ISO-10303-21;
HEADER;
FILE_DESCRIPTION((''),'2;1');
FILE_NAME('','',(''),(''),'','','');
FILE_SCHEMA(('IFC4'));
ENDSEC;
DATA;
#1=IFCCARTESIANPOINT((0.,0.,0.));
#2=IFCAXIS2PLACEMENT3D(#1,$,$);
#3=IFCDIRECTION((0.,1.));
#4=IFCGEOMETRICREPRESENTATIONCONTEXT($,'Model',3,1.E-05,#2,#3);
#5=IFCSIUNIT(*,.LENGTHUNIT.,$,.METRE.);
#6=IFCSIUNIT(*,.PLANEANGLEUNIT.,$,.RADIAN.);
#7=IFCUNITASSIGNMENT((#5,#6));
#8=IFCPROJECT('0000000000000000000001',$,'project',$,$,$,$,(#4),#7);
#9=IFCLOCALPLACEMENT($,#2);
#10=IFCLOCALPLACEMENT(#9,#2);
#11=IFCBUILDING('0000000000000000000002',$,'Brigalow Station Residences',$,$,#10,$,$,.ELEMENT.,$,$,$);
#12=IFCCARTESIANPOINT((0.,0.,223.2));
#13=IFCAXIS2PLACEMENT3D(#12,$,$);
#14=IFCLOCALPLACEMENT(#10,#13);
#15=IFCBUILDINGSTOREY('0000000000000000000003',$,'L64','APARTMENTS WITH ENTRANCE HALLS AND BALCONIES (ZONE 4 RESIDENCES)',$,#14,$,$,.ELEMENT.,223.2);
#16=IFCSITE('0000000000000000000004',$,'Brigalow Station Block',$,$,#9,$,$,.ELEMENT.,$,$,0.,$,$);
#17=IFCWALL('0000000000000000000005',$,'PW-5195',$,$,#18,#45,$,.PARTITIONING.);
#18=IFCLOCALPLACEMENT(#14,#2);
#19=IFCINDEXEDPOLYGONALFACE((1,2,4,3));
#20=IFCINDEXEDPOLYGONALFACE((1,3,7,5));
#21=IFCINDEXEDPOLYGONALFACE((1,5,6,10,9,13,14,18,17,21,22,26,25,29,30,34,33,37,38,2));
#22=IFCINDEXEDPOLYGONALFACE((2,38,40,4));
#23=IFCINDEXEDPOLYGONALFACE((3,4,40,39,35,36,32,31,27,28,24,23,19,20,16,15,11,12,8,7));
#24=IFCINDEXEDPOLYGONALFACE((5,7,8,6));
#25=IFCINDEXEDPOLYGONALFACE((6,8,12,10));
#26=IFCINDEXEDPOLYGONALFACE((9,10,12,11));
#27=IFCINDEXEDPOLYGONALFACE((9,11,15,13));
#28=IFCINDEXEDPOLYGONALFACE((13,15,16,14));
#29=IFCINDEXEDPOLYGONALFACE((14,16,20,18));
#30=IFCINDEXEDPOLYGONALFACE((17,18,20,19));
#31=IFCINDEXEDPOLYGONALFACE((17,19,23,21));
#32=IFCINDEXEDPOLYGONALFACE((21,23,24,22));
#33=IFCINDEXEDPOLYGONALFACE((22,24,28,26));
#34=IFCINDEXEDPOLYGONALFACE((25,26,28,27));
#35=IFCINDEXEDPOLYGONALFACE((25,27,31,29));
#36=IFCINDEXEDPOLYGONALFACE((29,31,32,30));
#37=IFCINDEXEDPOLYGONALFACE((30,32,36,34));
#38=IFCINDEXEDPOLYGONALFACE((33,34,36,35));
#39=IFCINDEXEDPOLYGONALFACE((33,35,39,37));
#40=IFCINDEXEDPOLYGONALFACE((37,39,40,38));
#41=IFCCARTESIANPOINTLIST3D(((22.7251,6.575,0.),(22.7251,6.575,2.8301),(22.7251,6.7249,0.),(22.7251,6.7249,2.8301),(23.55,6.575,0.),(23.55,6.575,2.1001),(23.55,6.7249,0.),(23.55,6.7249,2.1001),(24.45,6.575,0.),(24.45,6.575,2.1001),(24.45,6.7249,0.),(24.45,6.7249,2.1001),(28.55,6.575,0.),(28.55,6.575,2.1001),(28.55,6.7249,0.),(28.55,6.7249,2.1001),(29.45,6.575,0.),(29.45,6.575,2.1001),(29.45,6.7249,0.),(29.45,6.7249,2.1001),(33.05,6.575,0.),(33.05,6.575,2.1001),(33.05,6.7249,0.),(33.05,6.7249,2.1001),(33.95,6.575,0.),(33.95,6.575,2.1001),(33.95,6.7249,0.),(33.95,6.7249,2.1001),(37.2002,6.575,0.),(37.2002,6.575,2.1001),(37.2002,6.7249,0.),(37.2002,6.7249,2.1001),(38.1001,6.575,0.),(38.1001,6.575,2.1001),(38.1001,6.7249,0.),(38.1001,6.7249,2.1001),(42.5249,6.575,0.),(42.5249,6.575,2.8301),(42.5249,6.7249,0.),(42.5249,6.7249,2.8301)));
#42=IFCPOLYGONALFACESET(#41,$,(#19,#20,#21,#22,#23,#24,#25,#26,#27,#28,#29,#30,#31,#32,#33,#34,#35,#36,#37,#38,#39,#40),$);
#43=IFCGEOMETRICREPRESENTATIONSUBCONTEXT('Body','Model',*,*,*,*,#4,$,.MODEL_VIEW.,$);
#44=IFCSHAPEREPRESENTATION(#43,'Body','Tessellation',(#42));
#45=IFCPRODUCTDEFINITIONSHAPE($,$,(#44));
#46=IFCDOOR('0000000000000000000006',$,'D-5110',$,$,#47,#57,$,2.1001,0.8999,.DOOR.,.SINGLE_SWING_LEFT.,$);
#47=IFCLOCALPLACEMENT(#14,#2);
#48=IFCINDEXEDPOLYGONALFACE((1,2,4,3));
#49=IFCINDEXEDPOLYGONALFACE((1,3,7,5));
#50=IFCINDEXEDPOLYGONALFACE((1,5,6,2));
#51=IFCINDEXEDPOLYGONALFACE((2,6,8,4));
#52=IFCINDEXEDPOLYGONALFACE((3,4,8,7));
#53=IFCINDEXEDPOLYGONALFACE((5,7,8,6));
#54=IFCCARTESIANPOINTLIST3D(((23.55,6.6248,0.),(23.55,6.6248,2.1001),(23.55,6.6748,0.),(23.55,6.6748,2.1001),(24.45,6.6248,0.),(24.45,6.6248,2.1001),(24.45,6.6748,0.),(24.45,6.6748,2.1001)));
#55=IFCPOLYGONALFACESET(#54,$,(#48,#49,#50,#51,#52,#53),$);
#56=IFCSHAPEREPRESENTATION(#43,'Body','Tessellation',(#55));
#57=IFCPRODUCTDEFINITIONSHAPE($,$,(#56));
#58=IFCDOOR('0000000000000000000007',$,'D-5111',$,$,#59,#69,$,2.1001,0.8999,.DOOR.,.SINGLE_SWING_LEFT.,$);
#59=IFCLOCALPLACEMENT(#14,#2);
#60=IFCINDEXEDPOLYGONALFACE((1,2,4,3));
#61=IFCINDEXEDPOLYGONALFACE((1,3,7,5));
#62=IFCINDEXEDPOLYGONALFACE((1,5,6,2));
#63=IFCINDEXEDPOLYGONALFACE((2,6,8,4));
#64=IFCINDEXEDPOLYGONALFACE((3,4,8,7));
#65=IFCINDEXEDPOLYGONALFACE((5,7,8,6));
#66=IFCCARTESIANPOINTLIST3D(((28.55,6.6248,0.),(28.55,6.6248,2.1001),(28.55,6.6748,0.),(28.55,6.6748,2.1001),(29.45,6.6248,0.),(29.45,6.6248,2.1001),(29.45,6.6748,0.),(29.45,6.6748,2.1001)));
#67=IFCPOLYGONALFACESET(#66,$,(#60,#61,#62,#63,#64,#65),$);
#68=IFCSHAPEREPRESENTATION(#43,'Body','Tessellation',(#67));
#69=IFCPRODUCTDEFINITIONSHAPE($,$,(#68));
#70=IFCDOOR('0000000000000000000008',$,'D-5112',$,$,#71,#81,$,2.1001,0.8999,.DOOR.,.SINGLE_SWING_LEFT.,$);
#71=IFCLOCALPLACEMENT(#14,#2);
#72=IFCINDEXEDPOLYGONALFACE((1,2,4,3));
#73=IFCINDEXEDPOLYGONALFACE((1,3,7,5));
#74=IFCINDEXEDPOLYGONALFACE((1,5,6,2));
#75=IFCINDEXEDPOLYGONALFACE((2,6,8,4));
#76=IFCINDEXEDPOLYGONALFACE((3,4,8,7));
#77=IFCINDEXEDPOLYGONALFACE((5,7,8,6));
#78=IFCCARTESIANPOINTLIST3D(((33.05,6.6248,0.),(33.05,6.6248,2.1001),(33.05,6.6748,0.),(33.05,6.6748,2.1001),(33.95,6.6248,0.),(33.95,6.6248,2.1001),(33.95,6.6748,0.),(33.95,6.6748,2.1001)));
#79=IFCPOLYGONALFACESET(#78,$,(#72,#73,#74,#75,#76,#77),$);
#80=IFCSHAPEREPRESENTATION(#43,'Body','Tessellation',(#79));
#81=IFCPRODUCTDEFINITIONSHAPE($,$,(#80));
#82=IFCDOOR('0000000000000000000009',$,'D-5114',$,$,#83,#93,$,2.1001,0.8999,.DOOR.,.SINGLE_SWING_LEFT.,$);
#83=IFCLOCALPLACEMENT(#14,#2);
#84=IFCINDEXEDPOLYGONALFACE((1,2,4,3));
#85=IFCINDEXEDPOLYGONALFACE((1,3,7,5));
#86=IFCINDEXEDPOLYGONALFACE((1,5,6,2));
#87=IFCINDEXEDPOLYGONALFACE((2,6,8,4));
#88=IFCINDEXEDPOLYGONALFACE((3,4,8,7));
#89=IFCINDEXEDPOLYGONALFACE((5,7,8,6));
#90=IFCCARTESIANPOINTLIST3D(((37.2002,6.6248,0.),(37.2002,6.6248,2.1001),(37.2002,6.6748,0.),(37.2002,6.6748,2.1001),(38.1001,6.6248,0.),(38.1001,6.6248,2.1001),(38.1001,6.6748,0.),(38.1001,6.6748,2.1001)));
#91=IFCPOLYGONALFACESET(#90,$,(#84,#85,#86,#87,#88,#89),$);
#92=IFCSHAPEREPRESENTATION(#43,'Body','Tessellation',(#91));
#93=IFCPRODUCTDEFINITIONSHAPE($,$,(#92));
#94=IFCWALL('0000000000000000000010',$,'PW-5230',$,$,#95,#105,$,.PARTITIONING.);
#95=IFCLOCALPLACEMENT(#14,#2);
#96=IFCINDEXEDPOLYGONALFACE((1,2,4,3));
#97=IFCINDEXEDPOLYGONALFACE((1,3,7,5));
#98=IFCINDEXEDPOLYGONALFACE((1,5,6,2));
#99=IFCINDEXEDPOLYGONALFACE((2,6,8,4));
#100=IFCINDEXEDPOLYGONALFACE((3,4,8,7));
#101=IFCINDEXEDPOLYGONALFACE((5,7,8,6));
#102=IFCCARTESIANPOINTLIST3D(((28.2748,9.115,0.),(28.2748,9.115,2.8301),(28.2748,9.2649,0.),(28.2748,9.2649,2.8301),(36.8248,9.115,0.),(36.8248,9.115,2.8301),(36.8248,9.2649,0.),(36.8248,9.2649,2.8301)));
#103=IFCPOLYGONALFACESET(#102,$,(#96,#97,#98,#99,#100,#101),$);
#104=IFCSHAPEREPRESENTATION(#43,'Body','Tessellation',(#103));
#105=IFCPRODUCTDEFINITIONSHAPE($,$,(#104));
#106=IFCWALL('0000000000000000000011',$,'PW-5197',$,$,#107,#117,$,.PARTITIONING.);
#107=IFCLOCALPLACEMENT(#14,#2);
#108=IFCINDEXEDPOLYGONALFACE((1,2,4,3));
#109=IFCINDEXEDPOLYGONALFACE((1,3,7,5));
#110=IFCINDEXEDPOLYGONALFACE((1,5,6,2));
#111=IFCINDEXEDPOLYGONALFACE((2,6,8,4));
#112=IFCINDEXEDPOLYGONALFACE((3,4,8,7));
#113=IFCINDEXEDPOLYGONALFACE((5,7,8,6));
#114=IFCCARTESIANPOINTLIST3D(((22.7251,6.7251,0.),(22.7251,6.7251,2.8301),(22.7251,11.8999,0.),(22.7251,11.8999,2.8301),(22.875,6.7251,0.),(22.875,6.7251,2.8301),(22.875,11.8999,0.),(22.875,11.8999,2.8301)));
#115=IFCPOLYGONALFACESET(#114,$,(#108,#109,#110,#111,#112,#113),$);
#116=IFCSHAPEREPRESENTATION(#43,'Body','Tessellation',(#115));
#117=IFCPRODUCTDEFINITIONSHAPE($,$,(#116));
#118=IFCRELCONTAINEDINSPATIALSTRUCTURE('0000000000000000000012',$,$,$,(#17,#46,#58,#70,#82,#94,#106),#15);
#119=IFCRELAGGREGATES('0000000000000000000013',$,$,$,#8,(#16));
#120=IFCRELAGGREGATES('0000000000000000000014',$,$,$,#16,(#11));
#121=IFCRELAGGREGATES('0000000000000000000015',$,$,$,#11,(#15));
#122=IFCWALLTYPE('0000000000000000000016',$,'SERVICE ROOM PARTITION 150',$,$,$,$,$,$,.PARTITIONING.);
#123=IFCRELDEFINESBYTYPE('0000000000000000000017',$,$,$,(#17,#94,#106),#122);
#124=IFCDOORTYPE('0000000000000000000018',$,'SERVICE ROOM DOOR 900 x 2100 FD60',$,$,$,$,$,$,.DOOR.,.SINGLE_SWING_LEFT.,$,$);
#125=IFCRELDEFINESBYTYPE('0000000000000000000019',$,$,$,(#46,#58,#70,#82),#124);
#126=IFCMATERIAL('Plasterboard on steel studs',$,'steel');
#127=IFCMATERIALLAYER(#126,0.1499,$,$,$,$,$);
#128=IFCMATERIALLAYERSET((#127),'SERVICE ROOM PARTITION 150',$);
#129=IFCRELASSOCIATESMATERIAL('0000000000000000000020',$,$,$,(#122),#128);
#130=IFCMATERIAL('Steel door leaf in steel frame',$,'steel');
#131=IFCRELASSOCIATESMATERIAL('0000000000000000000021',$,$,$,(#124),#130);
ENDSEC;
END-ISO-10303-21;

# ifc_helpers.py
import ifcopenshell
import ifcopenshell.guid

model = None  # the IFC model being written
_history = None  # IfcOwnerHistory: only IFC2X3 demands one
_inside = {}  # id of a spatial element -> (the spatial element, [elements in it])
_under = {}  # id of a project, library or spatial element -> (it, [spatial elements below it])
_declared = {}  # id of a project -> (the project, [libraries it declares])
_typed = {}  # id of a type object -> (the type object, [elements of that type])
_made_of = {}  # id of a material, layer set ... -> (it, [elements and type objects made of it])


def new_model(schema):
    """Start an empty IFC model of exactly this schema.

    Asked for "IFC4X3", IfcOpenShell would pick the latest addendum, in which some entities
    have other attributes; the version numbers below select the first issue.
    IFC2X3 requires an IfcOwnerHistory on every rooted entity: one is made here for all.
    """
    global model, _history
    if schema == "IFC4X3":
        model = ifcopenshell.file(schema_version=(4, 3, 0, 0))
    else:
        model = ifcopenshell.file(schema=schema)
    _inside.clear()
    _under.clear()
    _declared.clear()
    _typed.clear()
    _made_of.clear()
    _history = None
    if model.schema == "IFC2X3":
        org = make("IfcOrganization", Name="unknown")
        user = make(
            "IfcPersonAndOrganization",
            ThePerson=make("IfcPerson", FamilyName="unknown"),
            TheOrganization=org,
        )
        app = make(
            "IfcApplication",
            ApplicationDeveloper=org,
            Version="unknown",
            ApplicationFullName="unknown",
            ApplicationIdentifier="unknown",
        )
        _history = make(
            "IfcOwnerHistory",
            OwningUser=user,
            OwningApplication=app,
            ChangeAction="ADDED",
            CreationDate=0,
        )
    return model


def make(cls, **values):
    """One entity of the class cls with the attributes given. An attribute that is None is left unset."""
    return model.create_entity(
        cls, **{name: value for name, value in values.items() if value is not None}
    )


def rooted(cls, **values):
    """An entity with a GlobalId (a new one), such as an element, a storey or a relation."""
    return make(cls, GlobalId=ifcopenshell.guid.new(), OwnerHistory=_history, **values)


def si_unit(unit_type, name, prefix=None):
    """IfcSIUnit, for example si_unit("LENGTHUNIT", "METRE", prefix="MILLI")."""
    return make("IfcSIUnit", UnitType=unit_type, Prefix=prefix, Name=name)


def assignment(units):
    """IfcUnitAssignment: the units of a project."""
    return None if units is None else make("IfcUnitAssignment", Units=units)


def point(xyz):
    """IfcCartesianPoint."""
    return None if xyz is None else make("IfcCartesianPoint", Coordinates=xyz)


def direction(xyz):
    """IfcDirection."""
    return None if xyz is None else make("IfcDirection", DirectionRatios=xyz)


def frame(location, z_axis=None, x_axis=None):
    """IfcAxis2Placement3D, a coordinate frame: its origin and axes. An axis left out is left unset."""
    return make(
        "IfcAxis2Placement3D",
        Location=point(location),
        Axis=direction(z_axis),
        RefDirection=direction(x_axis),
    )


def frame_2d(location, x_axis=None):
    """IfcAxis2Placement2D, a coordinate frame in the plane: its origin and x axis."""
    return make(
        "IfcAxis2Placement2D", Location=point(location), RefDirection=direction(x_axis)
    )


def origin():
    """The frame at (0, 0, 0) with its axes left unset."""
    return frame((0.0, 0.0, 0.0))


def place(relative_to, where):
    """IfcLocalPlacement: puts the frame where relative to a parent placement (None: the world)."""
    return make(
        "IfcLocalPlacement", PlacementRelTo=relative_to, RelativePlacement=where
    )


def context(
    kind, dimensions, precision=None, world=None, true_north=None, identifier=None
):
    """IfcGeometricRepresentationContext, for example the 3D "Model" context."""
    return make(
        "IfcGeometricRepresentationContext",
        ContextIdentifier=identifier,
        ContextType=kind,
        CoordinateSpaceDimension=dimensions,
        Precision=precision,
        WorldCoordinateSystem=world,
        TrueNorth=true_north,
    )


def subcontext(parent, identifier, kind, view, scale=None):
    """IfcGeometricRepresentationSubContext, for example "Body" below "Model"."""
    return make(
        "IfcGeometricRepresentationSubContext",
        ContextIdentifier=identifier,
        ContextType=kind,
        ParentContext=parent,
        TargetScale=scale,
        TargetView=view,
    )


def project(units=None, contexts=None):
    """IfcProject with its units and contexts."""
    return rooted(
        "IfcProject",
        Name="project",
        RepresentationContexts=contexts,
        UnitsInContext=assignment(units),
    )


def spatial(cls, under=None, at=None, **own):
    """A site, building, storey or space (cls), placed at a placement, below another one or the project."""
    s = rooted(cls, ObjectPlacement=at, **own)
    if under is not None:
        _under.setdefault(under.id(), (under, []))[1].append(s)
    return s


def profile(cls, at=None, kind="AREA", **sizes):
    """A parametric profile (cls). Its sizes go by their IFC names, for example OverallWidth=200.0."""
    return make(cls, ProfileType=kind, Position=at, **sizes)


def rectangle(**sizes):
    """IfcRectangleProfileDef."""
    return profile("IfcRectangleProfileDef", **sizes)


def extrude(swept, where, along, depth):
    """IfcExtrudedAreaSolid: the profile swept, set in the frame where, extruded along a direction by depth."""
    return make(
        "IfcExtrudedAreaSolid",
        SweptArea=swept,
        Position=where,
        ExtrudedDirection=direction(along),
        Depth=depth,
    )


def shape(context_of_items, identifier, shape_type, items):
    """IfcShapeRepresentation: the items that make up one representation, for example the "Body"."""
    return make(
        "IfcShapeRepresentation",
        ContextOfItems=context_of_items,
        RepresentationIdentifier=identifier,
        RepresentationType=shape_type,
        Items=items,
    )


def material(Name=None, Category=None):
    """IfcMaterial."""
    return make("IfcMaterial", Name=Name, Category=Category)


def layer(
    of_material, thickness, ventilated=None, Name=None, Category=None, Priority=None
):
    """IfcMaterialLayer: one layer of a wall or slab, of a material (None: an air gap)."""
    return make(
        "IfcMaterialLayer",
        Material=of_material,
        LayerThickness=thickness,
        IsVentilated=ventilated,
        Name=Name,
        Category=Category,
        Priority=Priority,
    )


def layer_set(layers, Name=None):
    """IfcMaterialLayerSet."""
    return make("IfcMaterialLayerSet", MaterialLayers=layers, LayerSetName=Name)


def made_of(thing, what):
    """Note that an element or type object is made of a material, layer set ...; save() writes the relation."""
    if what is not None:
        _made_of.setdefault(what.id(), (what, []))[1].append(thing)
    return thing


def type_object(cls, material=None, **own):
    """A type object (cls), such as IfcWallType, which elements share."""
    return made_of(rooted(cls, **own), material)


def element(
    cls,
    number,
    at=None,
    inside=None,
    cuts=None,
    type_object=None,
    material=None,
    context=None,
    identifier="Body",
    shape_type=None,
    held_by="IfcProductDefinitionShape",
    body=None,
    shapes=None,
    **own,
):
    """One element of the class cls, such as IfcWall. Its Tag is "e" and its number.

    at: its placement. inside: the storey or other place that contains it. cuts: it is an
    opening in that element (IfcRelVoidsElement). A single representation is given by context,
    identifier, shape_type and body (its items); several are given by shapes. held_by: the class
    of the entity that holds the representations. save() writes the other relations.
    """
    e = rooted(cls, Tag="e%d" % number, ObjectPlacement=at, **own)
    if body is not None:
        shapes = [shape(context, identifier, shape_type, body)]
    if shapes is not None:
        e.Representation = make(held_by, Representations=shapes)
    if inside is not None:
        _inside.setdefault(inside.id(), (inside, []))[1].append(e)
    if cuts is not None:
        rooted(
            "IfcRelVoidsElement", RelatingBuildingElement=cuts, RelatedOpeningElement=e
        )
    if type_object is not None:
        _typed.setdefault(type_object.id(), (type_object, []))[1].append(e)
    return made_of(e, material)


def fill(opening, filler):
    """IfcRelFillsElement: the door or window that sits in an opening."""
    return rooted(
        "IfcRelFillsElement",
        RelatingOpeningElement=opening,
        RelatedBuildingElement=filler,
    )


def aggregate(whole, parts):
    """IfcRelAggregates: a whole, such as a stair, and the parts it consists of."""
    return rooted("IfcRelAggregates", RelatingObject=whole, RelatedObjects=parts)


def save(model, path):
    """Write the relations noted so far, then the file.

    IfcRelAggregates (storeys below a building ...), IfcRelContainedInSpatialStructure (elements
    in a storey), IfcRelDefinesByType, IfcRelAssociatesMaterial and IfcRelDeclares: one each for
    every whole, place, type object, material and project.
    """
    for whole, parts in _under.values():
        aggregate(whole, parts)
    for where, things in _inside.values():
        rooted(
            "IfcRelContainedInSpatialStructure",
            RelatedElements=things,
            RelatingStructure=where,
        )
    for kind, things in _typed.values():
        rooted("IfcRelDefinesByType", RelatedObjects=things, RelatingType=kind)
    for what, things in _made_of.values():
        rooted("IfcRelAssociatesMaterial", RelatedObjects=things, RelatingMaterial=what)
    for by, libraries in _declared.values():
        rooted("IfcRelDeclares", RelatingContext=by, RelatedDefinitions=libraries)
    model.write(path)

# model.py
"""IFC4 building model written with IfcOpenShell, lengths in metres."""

from ifc_helpers import new_model, si_unit, direction, frame, frame_2d, origin, place, context, subcontext, project, spatial, rectangle, extrude, material, layer, layer_set, type_object, element, fill, save


model = new_model("IFC4")

# Units and contexts
model_context = context("Model", 3, precision=1e-05, world=origin(), true_north=direction((0.0, 1.0)))
body_context = subcontext(model_context, "Body", "Model", "MODEL_VIEW")
ifc_project = project(units=[si_unit("LENGTHUNIT", "METRE"), si_unit("PLANEANGLEUNIT", "RADIAN")], contexts=[model_context])

# Site, building, storey
site_placement = place(None, origin())
site = spatial("IfcSite", under=ifc_project, at=site_placement, Name="Brigalow Station Block", CompositionType="ELEMENT", RefElevation=0.0)
building_placement = place(site_placement, origin())
building = spatial("IfcBuilding", under=site, at=building_placement, Name="Brigalow Station Residences", CompositionType="ELEMENT")
storey_placement = place(building_placement, frame((0.0, 0.0, 223.2)))
storey = spatial("IfcBuildingStorey", under=building, at=storey_placement, Name="L64", Description="APARTMENTS WITH ENTRANCE HALLS AND BALCONIES (ZONE 4 RESIDENCES)", CompositionType="ELEMENT", Elevation=223.2)

# Shared definitions
ifc_material_1 = material(Name="Plasterboard on steel studs", Category="steel")
ifc_layer_1 = layer(ifc_material_1, 0.1499)
ifc_layer_set_1 = layer_set([ifc_layer_1], Name="SERVICE ROOM PARTITION 150")
wall_type_1 = type_object("IfcWallType", Name="SERVICE ROOM PARTITION 150", PredefinedType="PARTITIONING", material=ifc_layer_set_1)
ifc_material_2 = material(Name="Steel door leaf in steel frame", Category="steel")
door_type_1 = type_object("IfcDoorType", Name="SERVICE ROOM DOOR 900 x 2100 FD60", OperationType="SINGLE_SWING_LEFT", PredefinedType="DOOR", material=ifc_material_2)

# Wall, openings, doors
wall_1_placement = place(storey_placement, frame((22.7251, 6.6499, 0.0), z_axis=(0.0, 0.0, 1.0), x_axis=(1.0, 0.0, 0.0)))
wall_1 = element("IfcWall", 1, at=wall_1_placement, inside=storey, type_object=wall_type_1, Name="PW-5195", PredefinedType="PARTITIONING", context=body_context, shape_type="SweptSolid", body=[
    extrude(rectangle(XDim=19.7998, YDim=0.1499, at=frame_2d((9.8999, 0.0))), origin(), (0.0, 0.0, 1.0), 2.8301),
])
opening_1_placement = place(wall_1_placement, frame((0.825, 0.0, 0.0)))
opening_1 = element("IfcOpeningElement", 2, at=opening_1_placement, cuts=wall_1, PredefinedType="OPENING", context=body_context, shape_type="SweptSolid", body=[
    extrude(rectangle(XDim=0.8999, YDim=2.1001, at=frame_2d((0.45, 1.05))), frame((0.0, 0.085, 0.0), z_axis=(0.0, -1.0, 0.0), x_axis=(1.0, 0.0, 0.0)), (0.0, 0.0, 1.0), 0.1699),
])
opening_2_placement = place(wall_1_placement, frame((5.825, 0.0, 0.0)))
opening_2 = element("IfcOpeningElement", 3, at=opening_2_placement, cuts=wall_1, PredefinedType="OPENING", context=body_context, shape_type="SweptSolid", body=[
    extrude(rectangle(XDim=0.8999, YDim=2.1001, at=frame_2d((0.45, 1.05))), frame((0.0, 0.085, 0.0), z_axis=(0.0, -1.0, 0.0), x_axis=(1.0, 0.0, 0.0)), (0.0, 0.0, 1.0), 0.1699),
])
opening_3_placement = place(wall_1_placement, frame((10.325, 0.0, 0.0)))
opening_3 = element("IfcOpeningElement", 4, at=opening_3_placement, cuts=wall_1, PredefinedType="OPENING", context=body_context, shape_type="SweptSolid", body=[
    extrude(rectangle(XDim=0.8999, YDim=2.1001, at=frame_2d((0.45, 1.05))), frame((0.0, 0.085, 0.0), z_axis=(0.0, -1.0, 0.0), x_axis=(1.0, 0.0, 0.0)), (0.0, 0.0, 1.0), 0.1699),
])
opening_4_placement = place(wall_1_placement, frame((14.4751, 0.0, 0.0)))
opening_4 = element("IfcOpeningElement", 5, at=opening_4_placement, cuts=wall_1, PredefinedType="OPENING", context=body_context, shape_type="SweptSolid", body=[
    extrude(rectangle(XDim=0.8999, YDim=2.1001, at=frame_2d((0.45, 1.05))), frame((0.0, 0.085, 0.0), z_axis=(0.0, -1.0, 0.0), x_axis=(1.0, 0.0, 0.0)), (0.0, 0.0, 1.0), 0.1699),
])
door_1_placement = place(opening_1_placement, origin())
door_1 = element("IfcDoor", 6, at=door_1_placement, inside=storey, type_object=door_type_1, Name="D-5110", OperationType="SINGLE_SWING_LEFT", OverallHeight=2.1001, OverallWidth=0.8999, PredefinedType="DOOR", context=body_context, shape_type="SweptSolid", body=[
    extrude(rectangle(XDim=0.8999, YDim=2.1001, at=frame_2d((0.45, 1.05))), frame((0.0, 0.0249, 0.0), z_axis=(0.0, -1.0, 0.0), x_axis=(1.0, 0.0, 0.0)), (0.0, 0.0, 1.0), 0.05),
])
fill(opening_1, door_1)
door_2_placement = place(opening_2_placement, origin())
door_2 = element("IfcDoor", 7, at=door_2_placement, inside=storey, type_object=door_type_1, Name="D-5111", OperationType="SINGLE_SWING_LEFT", OverallHeight=2.1001, OverallWidth=0.8999, PredefinedType="DOOR", context=body_context, shape_type="SweptSolid", body=[
    extrude(rectangle(XDim=0.8999, YDim=2.1001, at=frame_2d((0.45, 1.05))), frame((0.0, 0.0249, 0.0), z_axis=(0.0, -1.0, 0.0), x_axis=(1.0, 0.0, 0.0)), (0.0, 0.0, 1.0), 0.05),
])
fill(opening_2, door_2)
door_3_placement = place(opening_3_placement, origin())
door_3 = element("IfcDoor", 8, at=door_3_placement, inside=storey, type_object=door_type_1, Name="D-5112", OperationType="SINGLE_SWING_LEFT", OverallHeight=2.1001, OverallWidth=0.8999, PredefinedType="DOOR", context=body_context, shape_type="SweptSolid", body=[
    extrude(rectangle(XDim=0.8999, YDim=2.1001, at=frame_2d((0.45, 1.05))), frame((0.0, 0.0249, 0.0), z_axis=(0.0, -1.0, 0.0), x_axis=(1.0, 0.0, 0.0)), (0.0, 0.0, 1.0), 0.05),
])
fill(opening_3, door_3)
door_4_placement = place(opening_4_placement, origin())
door_4 = element("IfcDoor", 9, at=door_4_placement, inside=storey, type_object=door_type_1, Name="D-5114", OperationType="SINGLE_SWING_LEFT", OverallHeight=2.1001, OverallWidth=0.8999, PredefinedType="DOOR", context=body_context, shape_type="SweptSolid", body=[
    extrude(rectangle(XDim=0.8999, YDim=2.1001, at=frame_2d((0.45, 1.05))), frame((0.0, 0.0249, 0.0), z_axis=(0.0, -1.0, 0.0), x_axis=(1.0, 0.0, 0.0)), (0.0, 0.0, 1.0), 0.05),
])
fill(opening_4, door_4)

# Walls
wall_2_placement = place(storey_placement, frame((28.2749, 9.1899, 0.0), z_axis=(0.0, 0.0, 1.0), x_axis=(1.0, 0.0, 0.0)))
element("IfcWall", 10, at=wall_2_placement, inside=storey, type_object=wall_type_1, Name="PW-5230", PredefinedType="PARTITIONING", context=body_context, shape_type="SweptSolid", body=[
    extrude(rectangle(XDim=8.55, YDim=0.1499, at=frame_2d((4.2749, 0.0))), origin(), (0.0, 0.0, 1.0), 2.8301),
])
wall_3_placement = place(storey_placement, frame((22.8, 6.7251, 0.0), z_axis=(0.0, 0.0, 1.0), x_axis=(0.0, 1.0, 0.0)))
element("IfcWall", 11, at=wall_3_placement, inside=storey, type_object=wall_type_1, Name="PW-5197", PredefinedType="PARTITIONING", context=body_context, shape_type="SweptSolid", body=[
    extrude(rectangle(XDim=5.1748, YDim=0.1499, at=frame_2d((2.5874, 0.0))), origin(), (0.0, 0.0, 1.0), 2.8301),
])

save(model, "model.ifc")
